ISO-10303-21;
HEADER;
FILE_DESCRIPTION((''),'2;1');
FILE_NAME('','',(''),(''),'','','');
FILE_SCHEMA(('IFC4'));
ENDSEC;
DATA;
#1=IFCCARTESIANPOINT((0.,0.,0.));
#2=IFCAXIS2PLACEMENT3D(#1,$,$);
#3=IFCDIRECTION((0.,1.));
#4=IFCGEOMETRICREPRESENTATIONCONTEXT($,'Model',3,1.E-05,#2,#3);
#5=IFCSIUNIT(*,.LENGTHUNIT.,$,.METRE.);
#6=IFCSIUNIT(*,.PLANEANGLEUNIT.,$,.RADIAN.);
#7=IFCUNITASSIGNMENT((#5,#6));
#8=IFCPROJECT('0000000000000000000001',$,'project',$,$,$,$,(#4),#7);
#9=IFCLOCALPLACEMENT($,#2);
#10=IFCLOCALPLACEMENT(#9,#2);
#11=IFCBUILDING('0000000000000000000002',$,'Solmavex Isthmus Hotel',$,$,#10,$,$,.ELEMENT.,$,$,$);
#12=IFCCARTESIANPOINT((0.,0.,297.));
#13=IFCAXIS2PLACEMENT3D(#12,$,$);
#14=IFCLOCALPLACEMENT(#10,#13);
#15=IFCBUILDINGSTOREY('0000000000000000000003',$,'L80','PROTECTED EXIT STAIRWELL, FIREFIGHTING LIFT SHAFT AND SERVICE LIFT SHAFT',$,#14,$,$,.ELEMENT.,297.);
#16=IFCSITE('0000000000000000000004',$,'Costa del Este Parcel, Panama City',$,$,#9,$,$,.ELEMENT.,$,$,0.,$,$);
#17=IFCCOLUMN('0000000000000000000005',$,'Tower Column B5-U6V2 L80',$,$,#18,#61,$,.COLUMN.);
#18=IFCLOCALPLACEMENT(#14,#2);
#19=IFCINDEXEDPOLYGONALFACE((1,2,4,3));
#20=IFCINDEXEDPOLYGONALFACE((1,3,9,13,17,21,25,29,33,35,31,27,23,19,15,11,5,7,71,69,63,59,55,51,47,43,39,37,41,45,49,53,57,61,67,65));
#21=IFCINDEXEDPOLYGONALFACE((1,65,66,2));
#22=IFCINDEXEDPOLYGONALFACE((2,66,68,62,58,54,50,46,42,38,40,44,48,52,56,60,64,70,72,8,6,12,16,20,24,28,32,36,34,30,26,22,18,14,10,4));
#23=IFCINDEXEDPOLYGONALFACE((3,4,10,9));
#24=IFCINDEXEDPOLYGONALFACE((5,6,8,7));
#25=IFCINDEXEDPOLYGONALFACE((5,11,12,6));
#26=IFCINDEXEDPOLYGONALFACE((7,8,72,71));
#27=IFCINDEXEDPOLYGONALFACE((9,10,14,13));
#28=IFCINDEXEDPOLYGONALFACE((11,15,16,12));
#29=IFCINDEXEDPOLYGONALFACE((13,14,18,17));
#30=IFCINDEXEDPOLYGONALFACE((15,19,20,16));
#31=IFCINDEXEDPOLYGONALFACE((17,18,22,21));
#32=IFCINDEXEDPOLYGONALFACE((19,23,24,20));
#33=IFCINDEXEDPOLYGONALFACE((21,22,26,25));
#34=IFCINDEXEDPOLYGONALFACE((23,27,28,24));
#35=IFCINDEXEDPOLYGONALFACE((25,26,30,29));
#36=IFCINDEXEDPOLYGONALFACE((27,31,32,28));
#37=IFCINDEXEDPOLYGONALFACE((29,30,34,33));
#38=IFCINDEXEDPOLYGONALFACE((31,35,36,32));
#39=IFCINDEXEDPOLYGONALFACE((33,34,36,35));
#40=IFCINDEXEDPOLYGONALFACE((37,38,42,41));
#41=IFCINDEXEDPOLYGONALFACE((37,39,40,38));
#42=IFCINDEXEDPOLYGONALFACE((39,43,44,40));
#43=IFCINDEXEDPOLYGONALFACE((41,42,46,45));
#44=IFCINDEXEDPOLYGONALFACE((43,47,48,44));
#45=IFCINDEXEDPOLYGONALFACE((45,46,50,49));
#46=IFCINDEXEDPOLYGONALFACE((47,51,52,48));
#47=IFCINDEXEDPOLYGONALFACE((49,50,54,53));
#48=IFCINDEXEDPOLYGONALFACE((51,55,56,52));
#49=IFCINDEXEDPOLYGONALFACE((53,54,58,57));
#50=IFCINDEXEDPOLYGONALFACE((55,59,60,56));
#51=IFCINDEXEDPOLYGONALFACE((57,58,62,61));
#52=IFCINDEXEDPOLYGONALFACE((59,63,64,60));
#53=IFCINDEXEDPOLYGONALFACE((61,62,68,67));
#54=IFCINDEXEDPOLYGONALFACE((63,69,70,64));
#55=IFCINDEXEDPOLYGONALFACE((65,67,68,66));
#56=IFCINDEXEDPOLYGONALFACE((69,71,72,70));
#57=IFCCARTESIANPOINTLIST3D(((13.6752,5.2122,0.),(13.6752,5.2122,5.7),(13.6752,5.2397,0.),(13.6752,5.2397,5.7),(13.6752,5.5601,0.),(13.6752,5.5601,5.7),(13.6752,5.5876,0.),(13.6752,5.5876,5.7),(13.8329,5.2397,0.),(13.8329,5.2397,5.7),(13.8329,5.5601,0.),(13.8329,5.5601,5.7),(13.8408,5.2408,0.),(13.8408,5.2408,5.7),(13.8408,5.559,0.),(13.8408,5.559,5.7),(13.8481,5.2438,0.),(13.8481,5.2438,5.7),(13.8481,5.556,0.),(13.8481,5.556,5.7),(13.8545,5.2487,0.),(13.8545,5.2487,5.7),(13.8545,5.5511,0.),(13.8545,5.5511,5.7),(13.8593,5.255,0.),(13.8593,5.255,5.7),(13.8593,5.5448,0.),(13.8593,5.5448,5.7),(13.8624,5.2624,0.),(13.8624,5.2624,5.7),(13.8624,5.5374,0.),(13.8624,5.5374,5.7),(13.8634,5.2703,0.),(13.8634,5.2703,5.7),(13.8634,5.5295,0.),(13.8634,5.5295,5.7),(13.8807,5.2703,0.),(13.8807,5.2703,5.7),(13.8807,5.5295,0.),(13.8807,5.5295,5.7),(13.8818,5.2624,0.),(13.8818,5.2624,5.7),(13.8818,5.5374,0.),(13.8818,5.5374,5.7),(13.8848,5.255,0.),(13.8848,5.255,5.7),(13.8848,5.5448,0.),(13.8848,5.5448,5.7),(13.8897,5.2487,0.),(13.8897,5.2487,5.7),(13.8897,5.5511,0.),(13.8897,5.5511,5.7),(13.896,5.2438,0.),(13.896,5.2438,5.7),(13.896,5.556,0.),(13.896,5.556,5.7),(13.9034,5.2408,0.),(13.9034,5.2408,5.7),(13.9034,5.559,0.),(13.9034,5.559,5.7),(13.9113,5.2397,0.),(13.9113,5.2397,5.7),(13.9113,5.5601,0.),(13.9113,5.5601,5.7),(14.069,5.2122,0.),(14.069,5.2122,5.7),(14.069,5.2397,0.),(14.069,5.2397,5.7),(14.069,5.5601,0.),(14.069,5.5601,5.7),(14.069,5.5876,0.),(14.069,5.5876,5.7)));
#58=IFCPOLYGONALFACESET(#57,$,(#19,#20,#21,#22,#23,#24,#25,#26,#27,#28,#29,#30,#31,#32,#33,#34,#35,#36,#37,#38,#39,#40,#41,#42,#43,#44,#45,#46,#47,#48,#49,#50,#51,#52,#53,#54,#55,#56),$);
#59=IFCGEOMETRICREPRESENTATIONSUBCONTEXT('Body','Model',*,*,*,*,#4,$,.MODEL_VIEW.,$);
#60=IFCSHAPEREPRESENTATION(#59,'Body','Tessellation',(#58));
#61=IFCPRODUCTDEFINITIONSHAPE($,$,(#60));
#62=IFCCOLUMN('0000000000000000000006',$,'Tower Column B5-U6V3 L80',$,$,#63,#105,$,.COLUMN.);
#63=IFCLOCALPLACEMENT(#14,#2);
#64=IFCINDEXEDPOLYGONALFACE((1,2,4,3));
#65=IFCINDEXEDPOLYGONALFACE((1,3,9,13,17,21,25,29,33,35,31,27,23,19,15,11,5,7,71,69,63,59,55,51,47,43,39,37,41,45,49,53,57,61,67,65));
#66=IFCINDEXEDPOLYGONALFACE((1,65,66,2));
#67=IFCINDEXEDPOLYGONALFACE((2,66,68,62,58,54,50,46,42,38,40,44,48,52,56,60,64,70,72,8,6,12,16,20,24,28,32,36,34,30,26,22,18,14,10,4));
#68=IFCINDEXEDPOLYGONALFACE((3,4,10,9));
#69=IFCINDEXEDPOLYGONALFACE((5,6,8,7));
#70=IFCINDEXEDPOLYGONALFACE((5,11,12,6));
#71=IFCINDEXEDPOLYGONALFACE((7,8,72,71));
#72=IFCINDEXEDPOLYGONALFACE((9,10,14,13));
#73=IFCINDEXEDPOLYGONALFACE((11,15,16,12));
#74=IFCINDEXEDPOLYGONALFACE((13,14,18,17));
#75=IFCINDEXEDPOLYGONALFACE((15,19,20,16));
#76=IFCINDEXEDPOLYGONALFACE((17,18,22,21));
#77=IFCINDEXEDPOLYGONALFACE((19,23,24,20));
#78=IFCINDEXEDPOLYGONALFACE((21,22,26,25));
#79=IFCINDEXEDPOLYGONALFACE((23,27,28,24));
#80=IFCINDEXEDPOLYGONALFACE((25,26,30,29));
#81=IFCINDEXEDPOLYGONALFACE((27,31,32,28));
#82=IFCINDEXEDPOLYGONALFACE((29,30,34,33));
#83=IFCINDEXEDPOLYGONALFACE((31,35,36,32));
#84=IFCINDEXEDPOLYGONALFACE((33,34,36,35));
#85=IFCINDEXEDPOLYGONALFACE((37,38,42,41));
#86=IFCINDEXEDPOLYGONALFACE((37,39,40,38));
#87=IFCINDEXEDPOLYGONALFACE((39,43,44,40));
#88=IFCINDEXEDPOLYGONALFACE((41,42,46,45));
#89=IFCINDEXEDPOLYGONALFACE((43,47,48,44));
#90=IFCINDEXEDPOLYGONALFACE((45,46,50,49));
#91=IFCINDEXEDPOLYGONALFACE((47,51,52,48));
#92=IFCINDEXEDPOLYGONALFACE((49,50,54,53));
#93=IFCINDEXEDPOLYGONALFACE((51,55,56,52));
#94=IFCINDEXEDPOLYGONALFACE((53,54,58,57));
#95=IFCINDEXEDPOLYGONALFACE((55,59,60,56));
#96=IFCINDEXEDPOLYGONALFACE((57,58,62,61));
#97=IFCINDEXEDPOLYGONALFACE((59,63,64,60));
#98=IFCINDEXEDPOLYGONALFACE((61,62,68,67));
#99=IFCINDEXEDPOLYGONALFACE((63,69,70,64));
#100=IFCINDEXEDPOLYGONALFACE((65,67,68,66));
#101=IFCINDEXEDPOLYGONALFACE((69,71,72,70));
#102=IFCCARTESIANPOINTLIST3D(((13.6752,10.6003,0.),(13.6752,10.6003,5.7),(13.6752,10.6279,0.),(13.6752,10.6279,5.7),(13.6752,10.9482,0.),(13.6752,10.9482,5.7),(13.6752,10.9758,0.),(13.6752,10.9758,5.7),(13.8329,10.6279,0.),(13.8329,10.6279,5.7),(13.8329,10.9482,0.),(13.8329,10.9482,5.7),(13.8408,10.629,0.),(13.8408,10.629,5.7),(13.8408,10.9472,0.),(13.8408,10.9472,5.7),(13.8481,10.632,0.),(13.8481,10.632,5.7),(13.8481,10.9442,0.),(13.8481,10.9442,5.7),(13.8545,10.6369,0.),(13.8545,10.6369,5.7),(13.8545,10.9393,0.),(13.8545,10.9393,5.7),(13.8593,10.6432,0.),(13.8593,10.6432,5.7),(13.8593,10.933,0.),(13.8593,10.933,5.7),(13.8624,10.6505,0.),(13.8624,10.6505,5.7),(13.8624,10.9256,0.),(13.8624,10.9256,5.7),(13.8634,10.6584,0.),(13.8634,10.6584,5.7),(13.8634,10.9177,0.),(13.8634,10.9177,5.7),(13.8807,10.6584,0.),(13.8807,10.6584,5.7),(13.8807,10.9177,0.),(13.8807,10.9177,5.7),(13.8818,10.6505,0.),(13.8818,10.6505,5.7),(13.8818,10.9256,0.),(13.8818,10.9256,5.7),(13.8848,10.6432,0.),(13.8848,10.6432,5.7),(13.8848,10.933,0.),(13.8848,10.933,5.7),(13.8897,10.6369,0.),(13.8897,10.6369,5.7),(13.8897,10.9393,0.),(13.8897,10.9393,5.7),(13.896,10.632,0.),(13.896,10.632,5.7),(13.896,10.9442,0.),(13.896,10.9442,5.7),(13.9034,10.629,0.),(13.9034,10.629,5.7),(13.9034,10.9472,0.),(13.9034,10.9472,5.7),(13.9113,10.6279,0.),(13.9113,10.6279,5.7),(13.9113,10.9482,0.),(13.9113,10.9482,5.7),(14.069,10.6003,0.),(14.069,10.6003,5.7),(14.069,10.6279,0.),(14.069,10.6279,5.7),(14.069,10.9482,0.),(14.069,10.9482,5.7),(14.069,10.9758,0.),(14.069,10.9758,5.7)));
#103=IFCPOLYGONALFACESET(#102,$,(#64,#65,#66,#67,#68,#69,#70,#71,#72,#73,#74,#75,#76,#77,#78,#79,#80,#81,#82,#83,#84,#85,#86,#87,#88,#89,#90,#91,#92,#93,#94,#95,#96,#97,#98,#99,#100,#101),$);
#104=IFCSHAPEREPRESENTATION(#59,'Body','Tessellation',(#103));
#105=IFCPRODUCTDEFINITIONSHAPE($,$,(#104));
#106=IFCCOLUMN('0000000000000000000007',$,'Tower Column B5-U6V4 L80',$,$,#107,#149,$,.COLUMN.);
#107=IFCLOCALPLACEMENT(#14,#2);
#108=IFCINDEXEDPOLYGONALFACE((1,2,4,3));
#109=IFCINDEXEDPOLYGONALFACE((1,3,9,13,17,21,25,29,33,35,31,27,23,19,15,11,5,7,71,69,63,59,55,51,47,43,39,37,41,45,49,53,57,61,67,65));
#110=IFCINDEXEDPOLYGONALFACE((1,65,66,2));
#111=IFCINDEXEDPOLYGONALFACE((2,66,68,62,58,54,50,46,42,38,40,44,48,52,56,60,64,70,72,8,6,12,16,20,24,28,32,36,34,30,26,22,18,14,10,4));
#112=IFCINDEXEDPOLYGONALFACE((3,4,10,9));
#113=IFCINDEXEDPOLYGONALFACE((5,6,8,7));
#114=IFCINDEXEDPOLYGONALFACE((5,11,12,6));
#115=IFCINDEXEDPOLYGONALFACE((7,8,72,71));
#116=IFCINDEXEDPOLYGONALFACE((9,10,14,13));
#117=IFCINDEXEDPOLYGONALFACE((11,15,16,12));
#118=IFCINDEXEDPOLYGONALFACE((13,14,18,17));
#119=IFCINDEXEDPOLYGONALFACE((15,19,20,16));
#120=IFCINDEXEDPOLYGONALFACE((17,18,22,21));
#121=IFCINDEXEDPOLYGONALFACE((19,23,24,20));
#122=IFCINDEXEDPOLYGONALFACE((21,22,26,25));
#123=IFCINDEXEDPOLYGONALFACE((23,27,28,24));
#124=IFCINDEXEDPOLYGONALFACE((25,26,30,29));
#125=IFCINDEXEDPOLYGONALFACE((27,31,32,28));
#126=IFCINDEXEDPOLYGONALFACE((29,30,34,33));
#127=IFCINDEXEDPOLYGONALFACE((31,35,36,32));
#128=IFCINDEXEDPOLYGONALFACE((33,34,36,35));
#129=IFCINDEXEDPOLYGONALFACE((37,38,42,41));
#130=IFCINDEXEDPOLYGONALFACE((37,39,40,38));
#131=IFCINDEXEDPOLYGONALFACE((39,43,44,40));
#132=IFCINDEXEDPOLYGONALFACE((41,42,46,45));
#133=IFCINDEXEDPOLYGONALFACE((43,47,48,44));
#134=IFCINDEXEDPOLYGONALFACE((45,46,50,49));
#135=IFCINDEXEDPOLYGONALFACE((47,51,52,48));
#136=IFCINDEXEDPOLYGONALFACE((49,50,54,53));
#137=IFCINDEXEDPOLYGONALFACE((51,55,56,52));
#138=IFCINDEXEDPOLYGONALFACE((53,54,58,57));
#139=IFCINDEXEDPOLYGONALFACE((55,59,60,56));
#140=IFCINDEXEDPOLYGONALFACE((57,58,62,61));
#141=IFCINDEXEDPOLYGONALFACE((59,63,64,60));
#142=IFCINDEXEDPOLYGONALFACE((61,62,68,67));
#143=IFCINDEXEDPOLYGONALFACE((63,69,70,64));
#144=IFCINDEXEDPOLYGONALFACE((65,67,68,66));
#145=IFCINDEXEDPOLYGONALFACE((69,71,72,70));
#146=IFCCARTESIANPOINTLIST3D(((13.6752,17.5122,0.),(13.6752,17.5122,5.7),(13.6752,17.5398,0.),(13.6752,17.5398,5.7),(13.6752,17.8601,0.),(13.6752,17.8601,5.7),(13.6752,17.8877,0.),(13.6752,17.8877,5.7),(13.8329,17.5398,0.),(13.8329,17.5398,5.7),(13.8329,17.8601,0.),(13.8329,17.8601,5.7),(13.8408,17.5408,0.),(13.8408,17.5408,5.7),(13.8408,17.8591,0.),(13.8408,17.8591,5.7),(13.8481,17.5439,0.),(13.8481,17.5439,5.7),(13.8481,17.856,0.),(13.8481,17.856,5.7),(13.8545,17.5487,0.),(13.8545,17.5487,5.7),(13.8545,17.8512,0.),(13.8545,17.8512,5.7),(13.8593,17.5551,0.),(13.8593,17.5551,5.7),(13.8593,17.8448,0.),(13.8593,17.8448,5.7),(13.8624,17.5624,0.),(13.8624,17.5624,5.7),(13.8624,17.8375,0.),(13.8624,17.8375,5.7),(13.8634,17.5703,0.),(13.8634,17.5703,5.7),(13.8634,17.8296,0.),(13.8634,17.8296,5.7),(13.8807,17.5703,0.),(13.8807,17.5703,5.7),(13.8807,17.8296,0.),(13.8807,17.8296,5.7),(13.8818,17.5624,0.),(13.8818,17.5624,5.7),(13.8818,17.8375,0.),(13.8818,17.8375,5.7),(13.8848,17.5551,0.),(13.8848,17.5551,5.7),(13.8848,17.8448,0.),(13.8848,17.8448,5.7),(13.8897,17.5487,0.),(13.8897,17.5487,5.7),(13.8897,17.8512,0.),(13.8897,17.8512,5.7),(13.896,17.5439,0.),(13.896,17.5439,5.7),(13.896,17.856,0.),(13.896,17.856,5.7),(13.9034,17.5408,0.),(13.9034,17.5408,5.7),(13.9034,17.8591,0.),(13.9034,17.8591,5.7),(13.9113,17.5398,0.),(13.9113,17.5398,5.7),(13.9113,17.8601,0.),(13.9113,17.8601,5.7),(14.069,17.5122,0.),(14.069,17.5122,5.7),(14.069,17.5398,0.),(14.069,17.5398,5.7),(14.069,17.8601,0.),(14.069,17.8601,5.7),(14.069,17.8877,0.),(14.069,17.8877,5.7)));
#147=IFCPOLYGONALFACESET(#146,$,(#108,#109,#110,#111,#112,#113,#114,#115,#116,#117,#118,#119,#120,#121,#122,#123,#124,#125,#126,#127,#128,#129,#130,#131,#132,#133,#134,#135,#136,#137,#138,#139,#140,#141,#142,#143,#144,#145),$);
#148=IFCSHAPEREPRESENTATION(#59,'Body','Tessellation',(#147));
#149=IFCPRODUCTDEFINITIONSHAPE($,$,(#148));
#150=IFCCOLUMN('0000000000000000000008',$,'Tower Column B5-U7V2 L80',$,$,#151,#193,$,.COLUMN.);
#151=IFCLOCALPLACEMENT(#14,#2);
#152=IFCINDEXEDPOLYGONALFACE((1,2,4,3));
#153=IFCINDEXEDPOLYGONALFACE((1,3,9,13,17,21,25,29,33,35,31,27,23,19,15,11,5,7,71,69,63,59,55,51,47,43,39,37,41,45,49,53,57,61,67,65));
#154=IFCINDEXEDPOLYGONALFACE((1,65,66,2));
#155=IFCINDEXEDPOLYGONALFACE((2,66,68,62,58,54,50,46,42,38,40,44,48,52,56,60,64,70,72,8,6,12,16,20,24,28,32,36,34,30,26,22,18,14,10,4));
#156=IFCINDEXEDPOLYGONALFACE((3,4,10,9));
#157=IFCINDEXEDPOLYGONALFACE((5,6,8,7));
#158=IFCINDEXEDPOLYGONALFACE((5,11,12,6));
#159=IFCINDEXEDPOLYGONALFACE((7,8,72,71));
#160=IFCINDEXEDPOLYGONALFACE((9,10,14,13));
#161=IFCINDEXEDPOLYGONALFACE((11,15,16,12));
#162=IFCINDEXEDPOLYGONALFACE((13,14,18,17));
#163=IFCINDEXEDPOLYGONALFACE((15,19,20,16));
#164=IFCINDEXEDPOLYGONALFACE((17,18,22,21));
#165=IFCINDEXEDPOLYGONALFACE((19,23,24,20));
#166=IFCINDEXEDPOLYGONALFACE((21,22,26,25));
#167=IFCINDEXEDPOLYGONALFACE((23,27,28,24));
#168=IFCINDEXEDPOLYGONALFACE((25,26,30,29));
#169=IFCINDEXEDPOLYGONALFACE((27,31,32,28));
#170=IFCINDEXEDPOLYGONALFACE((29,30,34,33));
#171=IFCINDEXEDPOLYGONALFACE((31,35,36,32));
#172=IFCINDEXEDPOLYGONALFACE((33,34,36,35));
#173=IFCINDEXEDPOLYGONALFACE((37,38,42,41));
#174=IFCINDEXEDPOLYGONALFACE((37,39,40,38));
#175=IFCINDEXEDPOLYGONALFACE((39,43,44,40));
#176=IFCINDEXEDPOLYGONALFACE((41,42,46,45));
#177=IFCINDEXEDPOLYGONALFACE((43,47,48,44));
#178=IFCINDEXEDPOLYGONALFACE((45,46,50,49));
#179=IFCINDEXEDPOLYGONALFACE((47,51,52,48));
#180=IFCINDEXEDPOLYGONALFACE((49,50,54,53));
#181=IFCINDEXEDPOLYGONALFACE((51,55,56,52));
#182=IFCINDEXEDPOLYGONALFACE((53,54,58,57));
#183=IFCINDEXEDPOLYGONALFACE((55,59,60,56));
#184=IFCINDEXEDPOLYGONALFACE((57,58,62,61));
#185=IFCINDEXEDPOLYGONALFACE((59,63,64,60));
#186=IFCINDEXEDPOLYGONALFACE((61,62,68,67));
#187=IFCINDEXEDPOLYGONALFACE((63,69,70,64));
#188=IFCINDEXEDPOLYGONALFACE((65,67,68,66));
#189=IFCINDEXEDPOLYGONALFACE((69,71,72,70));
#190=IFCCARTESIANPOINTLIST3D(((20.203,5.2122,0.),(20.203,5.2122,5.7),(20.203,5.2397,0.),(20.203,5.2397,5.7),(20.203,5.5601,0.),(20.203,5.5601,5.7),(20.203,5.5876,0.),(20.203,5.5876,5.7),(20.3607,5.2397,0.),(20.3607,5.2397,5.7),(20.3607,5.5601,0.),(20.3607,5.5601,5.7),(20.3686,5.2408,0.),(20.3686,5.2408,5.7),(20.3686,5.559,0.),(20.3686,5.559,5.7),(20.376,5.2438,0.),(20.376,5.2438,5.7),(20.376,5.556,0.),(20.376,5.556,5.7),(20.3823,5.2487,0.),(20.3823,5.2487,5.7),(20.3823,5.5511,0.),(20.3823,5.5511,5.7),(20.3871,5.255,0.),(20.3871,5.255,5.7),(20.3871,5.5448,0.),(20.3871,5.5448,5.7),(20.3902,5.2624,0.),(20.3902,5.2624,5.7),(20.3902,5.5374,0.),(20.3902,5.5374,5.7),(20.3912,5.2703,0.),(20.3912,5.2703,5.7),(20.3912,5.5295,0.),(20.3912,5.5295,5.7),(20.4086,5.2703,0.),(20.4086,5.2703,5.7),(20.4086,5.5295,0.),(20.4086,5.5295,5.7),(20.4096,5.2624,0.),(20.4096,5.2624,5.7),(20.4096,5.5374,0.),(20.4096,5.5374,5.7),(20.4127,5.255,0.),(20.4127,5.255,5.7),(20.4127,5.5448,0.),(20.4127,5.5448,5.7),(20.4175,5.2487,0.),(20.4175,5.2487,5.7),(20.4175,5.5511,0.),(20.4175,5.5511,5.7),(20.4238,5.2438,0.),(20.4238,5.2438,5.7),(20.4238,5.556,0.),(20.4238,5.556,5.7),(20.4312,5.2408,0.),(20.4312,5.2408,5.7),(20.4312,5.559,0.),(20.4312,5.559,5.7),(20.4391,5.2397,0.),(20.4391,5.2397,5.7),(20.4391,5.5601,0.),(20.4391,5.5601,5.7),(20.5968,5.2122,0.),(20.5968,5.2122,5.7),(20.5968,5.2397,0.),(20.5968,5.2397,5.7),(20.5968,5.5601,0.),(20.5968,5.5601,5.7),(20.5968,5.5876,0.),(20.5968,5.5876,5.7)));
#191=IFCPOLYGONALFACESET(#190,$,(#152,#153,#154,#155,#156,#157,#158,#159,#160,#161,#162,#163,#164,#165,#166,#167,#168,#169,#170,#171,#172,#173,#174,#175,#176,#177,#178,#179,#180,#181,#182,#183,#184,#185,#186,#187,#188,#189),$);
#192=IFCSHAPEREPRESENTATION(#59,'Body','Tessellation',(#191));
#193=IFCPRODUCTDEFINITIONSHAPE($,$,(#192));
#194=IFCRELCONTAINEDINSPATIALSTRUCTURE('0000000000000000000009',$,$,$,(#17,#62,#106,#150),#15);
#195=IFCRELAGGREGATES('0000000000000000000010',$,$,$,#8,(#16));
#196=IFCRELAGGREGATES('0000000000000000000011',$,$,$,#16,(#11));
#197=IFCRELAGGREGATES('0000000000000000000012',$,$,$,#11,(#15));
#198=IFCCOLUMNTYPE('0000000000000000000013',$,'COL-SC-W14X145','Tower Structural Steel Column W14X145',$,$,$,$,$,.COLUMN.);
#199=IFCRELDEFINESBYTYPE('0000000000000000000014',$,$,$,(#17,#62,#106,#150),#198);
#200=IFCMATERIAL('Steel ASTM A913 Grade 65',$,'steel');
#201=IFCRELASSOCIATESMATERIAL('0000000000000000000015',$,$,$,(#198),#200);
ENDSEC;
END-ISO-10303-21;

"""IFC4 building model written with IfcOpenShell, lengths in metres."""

from ifc_helpers import new_model, si_unit, direction, frame, origin, origin_2d, place, context, subcontext, project, spatial, i_section, extrude, material, material_profile, profile_set, type_object, element, save


model = new_model("IFC4")

# Units and contexts
model_context = context("Model", 3, precision=1e-05, world=origin(), true_north=direction((0.0, 1.0)))
body_context = subcontext(model_context, "Body", "Model", "MODEL_VIEW")
ifc_project = project(units=[si_unit("LENGTHUNIT", "METRE"), si_unit("PLANEANGLEUNIT", "RADIAN")], contexts=[model_context])

# Site, building, storey
site_placement = place(None, origin())
site = spatial("IfcSite", under=ifc_project, at=site_placement, Name="Costa del Este Parcel, Panama City", CompositionType="ELEMENT", RefElevation=0.0)
building_placement = place(site_placement, origin())
building = spatial("IfcBuilding", under=site, at=building_placement, Name="Solmavex Isthmus Hotel", CompositionType="ELEMENT")
storey_placement = place(building_placement, frame((0.0, 0.0, 297.0)))
storey = spatial("IfcBuildingStorey", under=building, at=storey_placement, Name="L80", Description="PROTECTED EXIT STAIRWELL, FIREFIGHTING LIFT SHAFT AND SERVICE LIFT SHAFT", CompositionType="ELEMENT", Elevation=297.0)

# Columns
ifc_material_1 = material(Name="Steel ASTM A913 Grade 65", Category="steel")
ifc_material_profile_1 = material_profile(ifc_material_1, i_section(OverallWidth=0.3938, OverallDepth=0.3755, WebThickness=0.0173, FlangeThickness=0.0276, FilletRadius=0.0305, at=origin_2d()), Name="W14X145")
ifc_profile_set_1 = profile_set([ifc_material_profile_1], Name="Steel ASTM A913 Grade 65")
column_type = type_object("IfcColumnType", Name="COL-SC-W14X145", Description="Tower Structural Steel Column W14X145", PredefinedType="COLUMN", material=ifc_profile_set_1)
for number, where, z_axis, x_axis, name in (
    (1, (13.8721, 5.3999, 0.0), (0.0, 0.0, 1.0), (1.0, 0.0, 0.0), "Tower Column B5-U6V2 L80"),
    (2, (13.8721, 10.7881, 0.0), (0.0, 0.0, 1.0), (1.0, 0.0, 0.0), "Tower Column B5-U6V3 L80"),
    (3, (13.8721, 17.7, 0.0), (0.0, 0.0, 1.0), (1.0, 0.0, 0.0), "Tower Column B5-U6V4 L80"),
    (4, (20.3999, 5.3999, 0.0), (0.0, 0.0, 1.0), (1.0, 0.0, 0.0), "Tower Column B5-U7V2 L80"),
):
    element("IfcColumn", number, at=place(storey_placement, frame(where, z_axis=z_axis, x_axis=x_axis)), inside=storey, type_object=column_type, Name=name, PredefinedType="COLUMN", context=body_context, shape_type="SweptSolid", body=[
        extrude(i_section(OverallWidth=0.3938, OverallDepth=0.3755, WebThickness=0.0173, FlangeThickness=0.0276, FilletRadius=0.0305, at=origin_2d()), origin(), (0.0, 0.0, 1.0), 5.7),
    ])

save(model, "model.ifc")
